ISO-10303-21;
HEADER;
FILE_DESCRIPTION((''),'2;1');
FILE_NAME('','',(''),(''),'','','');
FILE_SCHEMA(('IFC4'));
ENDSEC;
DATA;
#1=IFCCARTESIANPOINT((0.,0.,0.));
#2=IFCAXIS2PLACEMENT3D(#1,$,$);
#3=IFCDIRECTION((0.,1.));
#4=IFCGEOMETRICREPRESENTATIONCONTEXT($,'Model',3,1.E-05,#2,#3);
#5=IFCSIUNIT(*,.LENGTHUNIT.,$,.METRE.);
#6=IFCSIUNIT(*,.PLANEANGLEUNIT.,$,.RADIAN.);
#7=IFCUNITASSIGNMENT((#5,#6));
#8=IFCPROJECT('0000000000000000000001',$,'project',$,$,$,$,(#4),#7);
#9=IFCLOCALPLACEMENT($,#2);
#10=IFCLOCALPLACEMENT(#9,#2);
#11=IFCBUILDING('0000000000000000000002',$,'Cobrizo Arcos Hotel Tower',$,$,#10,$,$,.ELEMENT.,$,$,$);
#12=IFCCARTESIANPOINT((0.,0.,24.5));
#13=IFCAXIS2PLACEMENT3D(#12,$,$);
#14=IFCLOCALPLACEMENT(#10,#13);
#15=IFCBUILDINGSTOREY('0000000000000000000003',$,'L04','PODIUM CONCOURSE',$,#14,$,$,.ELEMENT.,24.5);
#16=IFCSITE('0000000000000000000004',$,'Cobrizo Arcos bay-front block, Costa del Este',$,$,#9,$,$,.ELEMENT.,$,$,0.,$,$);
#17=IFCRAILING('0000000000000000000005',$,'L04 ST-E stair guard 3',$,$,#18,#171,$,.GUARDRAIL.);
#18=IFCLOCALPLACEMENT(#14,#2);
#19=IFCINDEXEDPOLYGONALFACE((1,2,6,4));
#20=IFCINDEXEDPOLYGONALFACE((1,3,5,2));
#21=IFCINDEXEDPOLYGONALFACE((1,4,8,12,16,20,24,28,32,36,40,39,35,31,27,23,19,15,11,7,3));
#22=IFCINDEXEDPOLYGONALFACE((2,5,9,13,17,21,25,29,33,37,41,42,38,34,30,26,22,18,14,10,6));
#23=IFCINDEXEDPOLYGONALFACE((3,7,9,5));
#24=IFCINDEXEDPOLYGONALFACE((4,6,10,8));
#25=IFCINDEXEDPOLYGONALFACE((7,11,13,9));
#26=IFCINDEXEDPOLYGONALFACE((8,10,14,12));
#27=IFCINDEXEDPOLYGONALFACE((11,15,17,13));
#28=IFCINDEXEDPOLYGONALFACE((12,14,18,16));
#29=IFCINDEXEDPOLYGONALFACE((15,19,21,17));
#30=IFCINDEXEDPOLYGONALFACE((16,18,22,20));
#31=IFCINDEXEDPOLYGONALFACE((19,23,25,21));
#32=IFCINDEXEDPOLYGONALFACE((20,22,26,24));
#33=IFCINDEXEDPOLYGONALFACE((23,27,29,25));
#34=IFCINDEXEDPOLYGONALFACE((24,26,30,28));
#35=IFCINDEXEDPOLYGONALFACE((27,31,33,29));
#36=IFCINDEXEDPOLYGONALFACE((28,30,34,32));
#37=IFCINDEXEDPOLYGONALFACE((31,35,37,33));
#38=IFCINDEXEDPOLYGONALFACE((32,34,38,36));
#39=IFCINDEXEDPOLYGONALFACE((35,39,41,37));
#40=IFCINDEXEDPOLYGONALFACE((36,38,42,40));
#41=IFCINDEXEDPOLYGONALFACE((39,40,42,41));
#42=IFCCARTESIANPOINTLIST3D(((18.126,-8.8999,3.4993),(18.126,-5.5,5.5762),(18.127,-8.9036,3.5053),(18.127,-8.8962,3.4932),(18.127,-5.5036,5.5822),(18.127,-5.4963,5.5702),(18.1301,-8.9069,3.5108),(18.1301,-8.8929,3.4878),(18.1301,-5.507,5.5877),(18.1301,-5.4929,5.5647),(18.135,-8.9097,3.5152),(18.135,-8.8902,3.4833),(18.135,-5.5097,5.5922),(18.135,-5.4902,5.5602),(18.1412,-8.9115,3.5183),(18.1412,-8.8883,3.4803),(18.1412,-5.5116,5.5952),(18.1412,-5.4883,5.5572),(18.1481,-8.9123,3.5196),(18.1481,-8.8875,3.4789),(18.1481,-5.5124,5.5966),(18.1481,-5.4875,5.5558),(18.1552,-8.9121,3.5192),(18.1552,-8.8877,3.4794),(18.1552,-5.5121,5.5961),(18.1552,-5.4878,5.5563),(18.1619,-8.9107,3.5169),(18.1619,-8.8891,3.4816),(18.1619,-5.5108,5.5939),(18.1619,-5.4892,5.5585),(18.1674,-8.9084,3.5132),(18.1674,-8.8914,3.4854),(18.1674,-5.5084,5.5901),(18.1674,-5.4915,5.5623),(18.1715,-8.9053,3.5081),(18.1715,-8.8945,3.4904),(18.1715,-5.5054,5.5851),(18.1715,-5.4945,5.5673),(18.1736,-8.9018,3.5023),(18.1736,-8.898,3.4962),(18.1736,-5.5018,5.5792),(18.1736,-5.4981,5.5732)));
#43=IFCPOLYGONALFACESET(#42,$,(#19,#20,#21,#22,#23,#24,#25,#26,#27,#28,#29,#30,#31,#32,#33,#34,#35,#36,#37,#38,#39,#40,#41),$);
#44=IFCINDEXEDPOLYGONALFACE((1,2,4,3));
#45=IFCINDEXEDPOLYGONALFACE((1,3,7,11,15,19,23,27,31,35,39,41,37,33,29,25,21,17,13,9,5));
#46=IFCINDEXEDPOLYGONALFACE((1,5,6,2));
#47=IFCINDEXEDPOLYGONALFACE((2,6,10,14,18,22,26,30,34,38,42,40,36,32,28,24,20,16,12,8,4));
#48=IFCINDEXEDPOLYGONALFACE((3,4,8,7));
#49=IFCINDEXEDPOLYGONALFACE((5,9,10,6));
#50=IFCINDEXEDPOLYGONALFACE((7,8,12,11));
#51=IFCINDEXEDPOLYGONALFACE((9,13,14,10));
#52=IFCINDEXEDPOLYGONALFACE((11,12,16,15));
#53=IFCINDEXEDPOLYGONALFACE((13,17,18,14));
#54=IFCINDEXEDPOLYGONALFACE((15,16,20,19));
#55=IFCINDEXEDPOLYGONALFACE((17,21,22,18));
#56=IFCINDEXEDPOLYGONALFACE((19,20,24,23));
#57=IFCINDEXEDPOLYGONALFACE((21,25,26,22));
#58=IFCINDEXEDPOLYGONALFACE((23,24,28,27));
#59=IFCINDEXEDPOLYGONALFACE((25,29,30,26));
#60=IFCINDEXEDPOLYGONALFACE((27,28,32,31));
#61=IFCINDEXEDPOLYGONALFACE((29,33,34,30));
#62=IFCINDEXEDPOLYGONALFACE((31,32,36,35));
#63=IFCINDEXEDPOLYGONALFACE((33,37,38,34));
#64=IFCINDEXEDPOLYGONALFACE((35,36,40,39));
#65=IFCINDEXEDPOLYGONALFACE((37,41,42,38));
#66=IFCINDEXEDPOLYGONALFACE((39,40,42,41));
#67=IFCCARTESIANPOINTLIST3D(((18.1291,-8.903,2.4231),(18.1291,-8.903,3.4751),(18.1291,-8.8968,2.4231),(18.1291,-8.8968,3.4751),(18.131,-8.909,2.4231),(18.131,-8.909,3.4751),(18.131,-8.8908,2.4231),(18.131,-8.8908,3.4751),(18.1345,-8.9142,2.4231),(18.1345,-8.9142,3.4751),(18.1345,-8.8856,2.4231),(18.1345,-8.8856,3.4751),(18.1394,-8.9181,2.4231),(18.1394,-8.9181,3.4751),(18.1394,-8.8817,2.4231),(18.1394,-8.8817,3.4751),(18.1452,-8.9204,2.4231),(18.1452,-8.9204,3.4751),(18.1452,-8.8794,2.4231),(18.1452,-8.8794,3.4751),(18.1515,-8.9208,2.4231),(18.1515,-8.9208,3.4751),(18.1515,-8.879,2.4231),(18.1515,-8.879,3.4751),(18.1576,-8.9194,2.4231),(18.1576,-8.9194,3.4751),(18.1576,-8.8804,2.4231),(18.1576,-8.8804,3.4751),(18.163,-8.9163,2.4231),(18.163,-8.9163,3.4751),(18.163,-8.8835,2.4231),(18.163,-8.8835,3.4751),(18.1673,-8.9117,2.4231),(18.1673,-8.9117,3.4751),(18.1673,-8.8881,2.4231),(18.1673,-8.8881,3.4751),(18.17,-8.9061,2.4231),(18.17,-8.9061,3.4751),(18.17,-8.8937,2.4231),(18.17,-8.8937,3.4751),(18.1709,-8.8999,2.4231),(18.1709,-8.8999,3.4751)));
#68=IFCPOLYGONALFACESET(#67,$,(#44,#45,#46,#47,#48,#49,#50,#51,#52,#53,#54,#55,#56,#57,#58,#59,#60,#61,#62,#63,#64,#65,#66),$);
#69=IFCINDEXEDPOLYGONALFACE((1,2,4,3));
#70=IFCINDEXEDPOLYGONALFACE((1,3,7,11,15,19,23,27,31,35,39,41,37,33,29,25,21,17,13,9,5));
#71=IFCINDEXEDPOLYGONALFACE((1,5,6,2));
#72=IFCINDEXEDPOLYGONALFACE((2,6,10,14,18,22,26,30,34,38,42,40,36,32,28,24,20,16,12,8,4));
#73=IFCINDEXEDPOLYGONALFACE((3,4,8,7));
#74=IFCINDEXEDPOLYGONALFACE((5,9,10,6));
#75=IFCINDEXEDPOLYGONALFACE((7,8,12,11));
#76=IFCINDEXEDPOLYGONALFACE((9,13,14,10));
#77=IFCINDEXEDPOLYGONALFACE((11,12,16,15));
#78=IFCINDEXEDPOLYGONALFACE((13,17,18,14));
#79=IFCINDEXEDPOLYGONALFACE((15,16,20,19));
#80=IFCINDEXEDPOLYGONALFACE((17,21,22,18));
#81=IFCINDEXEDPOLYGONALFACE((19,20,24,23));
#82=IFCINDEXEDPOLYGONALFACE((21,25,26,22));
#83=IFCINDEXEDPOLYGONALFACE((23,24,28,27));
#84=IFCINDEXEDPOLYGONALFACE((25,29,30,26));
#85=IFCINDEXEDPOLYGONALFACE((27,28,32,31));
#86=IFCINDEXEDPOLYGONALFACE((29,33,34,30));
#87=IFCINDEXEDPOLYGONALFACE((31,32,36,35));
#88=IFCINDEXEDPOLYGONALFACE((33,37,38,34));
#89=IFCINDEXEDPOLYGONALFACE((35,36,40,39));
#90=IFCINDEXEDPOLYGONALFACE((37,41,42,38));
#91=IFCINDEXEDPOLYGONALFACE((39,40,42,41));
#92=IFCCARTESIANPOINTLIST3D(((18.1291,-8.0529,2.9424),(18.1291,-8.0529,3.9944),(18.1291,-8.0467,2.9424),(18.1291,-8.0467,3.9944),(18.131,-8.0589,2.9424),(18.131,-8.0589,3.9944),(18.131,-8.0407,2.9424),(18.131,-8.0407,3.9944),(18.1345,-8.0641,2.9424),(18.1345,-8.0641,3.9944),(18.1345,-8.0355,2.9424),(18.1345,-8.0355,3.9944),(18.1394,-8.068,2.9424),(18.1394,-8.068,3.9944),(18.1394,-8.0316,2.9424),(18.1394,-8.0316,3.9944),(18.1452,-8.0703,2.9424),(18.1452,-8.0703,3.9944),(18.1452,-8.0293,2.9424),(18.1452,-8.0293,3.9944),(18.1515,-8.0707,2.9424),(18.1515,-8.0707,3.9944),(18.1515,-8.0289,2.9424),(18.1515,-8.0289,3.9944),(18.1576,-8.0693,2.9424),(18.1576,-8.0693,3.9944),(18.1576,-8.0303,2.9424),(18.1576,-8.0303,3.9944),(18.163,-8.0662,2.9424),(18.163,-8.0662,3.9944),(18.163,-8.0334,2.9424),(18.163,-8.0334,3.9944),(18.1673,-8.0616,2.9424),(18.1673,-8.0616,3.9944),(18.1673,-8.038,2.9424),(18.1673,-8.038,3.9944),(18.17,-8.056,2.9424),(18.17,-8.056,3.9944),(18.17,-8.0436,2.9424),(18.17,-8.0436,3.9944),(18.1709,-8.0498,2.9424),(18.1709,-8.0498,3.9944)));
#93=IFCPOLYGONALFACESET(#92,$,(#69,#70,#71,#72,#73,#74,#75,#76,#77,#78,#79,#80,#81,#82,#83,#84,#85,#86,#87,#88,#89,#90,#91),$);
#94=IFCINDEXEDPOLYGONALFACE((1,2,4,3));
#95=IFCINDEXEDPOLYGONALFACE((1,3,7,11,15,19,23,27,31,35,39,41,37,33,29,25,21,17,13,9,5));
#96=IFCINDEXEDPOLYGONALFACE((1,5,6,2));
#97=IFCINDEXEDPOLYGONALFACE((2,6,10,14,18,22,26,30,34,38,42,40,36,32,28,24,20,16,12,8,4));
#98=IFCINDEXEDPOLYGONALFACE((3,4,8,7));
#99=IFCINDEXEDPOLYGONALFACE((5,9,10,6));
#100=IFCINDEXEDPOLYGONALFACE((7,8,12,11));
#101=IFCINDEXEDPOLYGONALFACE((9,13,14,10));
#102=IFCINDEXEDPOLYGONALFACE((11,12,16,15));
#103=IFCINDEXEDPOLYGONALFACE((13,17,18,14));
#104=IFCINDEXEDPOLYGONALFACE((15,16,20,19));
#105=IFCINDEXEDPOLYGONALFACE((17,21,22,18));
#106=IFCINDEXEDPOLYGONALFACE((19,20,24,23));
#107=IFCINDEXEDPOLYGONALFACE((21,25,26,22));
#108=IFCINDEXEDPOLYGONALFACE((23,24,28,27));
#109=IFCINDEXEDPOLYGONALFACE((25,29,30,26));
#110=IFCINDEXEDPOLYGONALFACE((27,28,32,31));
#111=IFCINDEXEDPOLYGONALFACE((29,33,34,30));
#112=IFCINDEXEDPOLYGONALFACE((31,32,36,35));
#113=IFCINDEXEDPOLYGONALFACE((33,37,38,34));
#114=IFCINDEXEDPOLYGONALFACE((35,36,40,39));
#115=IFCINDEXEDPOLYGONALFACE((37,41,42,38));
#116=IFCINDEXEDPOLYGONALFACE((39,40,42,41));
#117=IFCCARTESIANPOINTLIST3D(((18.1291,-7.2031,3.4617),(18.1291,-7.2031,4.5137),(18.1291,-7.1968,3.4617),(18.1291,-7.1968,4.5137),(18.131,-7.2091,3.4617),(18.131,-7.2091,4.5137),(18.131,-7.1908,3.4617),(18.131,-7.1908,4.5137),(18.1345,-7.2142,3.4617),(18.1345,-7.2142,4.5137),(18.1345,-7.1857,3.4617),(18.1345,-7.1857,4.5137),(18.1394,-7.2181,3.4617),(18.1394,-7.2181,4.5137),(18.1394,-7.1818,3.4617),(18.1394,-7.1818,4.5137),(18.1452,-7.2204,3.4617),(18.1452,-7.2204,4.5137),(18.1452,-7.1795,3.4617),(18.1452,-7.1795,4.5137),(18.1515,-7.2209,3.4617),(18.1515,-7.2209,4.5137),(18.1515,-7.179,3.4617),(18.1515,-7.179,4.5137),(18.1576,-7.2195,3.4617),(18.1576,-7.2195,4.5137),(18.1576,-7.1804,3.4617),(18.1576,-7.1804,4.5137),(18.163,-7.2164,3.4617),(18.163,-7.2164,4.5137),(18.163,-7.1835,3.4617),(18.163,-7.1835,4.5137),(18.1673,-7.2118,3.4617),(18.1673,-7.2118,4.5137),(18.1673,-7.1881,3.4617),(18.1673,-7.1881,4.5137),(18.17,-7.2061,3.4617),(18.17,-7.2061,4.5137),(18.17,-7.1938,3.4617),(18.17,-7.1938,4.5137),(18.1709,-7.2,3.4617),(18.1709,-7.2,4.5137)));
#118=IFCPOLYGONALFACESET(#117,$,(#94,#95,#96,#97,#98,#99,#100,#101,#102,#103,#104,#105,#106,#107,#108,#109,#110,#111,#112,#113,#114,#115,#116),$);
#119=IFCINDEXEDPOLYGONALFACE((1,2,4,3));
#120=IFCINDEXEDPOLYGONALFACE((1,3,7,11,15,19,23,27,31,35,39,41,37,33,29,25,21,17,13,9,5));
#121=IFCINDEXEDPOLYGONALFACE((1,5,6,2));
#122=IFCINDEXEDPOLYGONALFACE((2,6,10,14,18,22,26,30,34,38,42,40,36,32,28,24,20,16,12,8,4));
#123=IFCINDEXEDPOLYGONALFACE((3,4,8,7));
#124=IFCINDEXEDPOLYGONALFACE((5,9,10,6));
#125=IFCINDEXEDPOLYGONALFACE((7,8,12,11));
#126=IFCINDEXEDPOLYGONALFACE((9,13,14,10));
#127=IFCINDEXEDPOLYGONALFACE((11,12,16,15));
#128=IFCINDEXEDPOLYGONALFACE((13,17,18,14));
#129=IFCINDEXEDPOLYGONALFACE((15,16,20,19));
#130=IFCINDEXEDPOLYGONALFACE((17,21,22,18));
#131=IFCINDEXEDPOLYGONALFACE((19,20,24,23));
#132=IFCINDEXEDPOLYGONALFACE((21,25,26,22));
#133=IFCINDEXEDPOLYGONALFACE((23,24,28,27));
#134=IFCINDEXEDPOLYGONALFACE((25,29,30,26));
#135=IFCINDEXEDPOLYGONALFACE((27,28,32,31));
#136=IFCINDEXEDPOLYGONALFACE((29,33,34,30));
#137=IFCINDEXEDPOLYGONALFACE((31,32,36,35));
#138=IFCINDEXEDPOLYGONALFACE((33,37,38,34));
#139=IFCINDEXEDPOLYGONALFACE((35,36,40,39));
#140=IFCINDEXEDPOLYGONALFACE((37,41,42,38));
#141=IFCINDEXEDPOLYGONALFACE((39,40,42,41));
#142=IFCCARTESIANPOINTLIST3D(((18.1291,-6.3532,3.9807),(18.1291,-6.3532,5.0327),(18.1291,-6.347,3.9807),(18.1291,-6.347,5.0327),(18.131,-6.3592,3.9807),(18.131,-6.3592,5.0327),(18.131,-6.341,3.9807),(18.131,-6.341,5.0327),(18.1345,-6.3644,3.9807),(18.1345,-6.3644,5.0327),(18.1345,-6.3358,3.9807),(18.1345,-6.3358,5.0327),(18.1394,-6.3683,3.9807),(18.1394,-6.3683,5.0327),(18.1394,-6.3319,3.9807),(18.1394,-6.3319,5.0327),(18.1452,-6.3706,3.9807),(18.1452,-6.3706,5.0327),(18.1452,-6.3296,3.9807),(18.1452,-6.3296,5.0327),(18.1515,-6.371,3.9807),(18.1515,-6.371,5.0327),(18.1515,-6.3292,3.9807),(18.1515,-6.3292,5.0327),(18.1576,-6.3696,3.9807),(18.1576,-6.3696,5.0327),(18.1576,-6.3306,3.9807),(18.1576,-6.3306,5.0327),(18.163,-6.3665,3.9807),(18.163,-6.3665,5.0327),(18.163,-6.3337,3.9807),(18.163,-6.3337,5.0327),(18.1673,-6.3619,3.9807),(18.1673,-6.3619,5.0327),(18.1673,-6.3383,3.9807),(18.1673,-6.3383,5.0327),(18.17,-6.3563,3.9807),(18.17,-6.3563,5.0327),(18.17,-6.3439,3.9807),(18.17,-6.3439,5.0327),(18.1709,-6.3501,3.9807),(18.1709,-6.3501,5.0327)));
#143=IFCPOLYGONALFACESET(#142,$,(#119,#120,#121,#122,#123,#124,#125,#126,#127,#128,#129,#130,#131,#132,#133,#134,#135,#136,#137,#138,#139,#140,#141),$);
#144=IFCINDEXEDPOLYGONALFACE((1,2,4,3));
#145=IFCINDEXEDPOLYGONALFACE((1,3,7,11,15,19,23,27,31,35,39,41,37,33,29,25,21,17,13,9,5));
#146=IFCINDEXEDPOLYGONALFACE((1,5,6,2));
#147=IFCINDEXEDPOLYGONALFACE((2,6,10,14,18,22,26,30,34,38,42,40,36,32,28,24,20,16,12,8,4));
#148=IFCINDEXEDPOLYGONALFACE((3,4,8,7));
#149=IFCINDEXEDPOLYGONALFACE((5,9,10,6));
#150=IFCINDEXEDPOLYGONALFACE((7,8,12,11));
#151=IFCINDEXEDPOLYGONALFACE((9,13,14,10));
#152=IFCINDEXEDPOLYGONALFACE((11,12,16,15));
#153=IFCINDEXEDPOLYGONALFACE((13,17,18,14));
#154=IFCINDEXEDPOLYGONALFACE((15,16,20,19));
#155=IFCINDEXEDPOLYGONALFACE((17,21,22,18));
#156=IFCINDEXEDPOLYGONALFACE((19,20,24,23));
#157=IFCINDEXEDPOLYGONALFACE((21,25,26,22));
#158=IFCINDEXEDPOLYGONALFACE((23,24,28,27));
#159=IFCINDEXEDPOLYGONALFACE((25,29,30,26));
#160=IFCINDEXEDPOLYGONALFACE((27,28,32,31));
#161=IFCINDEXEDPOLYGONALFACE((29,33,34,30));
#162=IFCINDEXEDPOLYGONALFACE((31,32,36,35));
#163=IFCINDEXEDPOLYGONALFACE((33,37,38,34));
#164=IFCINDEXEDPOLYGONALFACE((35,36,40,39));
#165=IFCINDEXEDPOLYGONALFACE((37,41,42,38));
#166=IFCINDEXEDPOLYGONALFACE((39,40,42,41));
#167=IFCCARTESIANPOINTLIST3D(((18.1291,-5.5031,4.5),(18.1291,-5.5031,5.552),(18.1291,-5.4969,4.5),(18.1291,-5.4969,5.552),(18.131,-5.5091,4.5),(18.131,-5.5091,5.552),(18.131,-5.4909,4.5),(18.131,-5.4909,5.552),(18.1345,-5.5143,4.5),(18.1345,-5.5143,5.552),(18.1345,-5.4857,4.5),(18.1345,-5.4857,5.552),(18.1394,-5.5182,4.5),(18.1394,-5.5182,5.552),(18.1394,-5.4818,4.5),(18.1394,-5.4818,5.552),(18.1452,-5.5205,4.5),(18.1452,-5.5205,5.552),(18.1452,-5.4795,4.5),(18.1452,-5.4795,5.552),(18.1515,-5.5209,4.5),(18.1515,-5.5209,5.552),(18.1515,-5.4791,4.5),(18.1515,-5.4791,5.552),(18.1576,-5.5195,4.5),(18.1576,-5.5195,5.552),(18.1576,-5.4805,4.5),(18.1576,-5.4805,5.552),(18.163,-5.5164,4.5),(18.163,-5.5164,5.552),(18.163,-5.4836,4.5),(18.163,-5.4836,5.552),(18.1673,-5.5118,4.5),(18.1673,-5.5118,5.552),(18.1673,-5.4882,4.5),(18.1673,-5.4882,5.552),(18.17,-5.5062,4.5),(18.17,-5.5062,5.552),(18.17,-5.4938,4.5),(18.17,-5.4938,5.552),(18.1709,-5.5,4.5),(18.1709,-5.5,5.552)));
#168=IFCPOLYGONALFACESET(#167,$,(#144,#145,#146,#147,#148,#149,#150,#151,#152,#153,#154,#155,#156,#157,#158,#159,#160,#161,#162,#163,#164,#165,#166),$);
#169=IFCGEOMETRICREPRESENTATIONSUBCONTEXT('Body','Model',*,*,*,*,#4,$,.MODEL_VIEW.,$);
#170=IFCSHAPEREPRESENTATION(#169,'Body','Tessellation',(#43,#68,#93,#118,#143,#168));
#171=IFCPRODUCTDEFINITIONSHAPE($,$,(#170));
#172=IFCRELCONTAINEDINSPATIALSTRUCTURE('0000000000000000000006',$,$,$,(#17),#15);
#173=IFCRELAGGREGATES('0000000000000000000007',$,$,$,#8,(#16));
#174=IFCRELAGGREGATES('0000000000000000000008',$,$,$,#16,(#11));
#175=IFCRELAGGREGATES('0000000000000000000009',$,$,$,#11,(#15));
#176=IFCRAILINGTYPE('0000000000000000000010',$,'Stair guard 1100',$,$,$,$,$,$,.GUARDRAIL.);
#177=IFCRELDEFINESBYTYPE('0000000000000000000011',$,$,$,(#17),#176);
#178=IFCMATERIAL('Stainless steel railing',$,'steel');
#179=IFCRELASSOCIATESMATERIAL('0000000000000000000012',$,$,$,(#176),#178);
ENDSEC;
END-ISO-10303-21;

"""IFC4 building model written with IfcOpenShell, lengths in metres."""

from ifc_helpers import new_model, si_unit, direction, frame, origin, origin_2d, place, context, subcontext, project, spatial, circle, extrude, material, type_object, element, save


model = new_model("IFC4")

# Units and contexts
model_context = context("Model", 3, precision=1e-05, world=origin(), true_north=direction((0.0, 1.0)))
body_context = subcontext(model_context, "Body", "Model", "MODEL_VIEW")
ifc_project = project(units=[si_unit("LENGTHUNIT", "METRE"), si_unit("PLANEANGLEUNIT", "RADIAN")], contexts=[model_context])

# Site, building, storey
site_placement = place(None, origin())
site = spatial("IfcSite", under=ifc_project, at=site_placement, Name="Cobrizo Arcos bay-front block, Costa del Este", CompositionType="ELEMENT", RefElevation=0.0)
building_placement = place(site_placement, origin())
building = spatial("IfcBuilding", under=site, at=building_placement, Name="Cobrizo Arcos Hotel Tower", CompositionType="ELEMENT")
storey_placement = place(building_placement, frame((0.0, 0.0, 24.5)))
storey = spatial("IfcBuildingStorey", under=building, at=storey_placement, Name="L04", Description="PODIUM CONCOURSE", CompositionType="ELEMENT", Elevation=24.5)

# Railing
ifc_material_1 = material(Name="Stainless steel railing", Category="steel")
railing_type_1 = type_object("IfcRailingType", Name="Stair guard 1100", PredefinedType="GUARDRAIL", material=ifc_material_1)
railing_1_placement = place(storey_placement, frame((18.1499, -8.8999, 2.4231)))
element("IfcRailing", 1, at=railing_1_placement, inside=storey, type_object=railing_type_1, Name="L04 ST-E stair guard 3", PredefinedType="GUARDRAIL", context=body_context, shape_type="SweptSolid", body=[
    extrude(circle(Radius=0.0239, at=origin_2d()), frame((0.0, 0.0, 1.0762), z_axis=(0.0, 0.853373, 0.521301), x_axis=(-1.0, 0.0, 0.0)), (0.0, 0.0, 1.0), 3.9841),
    extrude(circle(Radius=0.021, at=origin_2d()), origin(), (0.0, 0.0, 1.0), 1.052),
    extrude(circle(Radius=0.021, at=origin_2d()), frame((0.0, 0.8501, 0.5193)), (0.0, 0.0, 1.0), 1.052),
    extrude(circle(Radius=0.021, at=origin_2d()), frame((0.0, 1.7, 1.0386)), (0.0, 0.0, 1.0), 1.052),
    extrude(circle(Radius=0.021, at=origin_2d()), frame((0.0, 2.5498, 1.5576)), (0.0, 0.0, 1.0), 1.052),
    extrude(circle(Radius=0.021, at=origin_2d()), frame((0.0, 3.3999, 2.0769)), (0.0, 0.0, 1.0), 1.052),
])

save(model, "model.ifc")
